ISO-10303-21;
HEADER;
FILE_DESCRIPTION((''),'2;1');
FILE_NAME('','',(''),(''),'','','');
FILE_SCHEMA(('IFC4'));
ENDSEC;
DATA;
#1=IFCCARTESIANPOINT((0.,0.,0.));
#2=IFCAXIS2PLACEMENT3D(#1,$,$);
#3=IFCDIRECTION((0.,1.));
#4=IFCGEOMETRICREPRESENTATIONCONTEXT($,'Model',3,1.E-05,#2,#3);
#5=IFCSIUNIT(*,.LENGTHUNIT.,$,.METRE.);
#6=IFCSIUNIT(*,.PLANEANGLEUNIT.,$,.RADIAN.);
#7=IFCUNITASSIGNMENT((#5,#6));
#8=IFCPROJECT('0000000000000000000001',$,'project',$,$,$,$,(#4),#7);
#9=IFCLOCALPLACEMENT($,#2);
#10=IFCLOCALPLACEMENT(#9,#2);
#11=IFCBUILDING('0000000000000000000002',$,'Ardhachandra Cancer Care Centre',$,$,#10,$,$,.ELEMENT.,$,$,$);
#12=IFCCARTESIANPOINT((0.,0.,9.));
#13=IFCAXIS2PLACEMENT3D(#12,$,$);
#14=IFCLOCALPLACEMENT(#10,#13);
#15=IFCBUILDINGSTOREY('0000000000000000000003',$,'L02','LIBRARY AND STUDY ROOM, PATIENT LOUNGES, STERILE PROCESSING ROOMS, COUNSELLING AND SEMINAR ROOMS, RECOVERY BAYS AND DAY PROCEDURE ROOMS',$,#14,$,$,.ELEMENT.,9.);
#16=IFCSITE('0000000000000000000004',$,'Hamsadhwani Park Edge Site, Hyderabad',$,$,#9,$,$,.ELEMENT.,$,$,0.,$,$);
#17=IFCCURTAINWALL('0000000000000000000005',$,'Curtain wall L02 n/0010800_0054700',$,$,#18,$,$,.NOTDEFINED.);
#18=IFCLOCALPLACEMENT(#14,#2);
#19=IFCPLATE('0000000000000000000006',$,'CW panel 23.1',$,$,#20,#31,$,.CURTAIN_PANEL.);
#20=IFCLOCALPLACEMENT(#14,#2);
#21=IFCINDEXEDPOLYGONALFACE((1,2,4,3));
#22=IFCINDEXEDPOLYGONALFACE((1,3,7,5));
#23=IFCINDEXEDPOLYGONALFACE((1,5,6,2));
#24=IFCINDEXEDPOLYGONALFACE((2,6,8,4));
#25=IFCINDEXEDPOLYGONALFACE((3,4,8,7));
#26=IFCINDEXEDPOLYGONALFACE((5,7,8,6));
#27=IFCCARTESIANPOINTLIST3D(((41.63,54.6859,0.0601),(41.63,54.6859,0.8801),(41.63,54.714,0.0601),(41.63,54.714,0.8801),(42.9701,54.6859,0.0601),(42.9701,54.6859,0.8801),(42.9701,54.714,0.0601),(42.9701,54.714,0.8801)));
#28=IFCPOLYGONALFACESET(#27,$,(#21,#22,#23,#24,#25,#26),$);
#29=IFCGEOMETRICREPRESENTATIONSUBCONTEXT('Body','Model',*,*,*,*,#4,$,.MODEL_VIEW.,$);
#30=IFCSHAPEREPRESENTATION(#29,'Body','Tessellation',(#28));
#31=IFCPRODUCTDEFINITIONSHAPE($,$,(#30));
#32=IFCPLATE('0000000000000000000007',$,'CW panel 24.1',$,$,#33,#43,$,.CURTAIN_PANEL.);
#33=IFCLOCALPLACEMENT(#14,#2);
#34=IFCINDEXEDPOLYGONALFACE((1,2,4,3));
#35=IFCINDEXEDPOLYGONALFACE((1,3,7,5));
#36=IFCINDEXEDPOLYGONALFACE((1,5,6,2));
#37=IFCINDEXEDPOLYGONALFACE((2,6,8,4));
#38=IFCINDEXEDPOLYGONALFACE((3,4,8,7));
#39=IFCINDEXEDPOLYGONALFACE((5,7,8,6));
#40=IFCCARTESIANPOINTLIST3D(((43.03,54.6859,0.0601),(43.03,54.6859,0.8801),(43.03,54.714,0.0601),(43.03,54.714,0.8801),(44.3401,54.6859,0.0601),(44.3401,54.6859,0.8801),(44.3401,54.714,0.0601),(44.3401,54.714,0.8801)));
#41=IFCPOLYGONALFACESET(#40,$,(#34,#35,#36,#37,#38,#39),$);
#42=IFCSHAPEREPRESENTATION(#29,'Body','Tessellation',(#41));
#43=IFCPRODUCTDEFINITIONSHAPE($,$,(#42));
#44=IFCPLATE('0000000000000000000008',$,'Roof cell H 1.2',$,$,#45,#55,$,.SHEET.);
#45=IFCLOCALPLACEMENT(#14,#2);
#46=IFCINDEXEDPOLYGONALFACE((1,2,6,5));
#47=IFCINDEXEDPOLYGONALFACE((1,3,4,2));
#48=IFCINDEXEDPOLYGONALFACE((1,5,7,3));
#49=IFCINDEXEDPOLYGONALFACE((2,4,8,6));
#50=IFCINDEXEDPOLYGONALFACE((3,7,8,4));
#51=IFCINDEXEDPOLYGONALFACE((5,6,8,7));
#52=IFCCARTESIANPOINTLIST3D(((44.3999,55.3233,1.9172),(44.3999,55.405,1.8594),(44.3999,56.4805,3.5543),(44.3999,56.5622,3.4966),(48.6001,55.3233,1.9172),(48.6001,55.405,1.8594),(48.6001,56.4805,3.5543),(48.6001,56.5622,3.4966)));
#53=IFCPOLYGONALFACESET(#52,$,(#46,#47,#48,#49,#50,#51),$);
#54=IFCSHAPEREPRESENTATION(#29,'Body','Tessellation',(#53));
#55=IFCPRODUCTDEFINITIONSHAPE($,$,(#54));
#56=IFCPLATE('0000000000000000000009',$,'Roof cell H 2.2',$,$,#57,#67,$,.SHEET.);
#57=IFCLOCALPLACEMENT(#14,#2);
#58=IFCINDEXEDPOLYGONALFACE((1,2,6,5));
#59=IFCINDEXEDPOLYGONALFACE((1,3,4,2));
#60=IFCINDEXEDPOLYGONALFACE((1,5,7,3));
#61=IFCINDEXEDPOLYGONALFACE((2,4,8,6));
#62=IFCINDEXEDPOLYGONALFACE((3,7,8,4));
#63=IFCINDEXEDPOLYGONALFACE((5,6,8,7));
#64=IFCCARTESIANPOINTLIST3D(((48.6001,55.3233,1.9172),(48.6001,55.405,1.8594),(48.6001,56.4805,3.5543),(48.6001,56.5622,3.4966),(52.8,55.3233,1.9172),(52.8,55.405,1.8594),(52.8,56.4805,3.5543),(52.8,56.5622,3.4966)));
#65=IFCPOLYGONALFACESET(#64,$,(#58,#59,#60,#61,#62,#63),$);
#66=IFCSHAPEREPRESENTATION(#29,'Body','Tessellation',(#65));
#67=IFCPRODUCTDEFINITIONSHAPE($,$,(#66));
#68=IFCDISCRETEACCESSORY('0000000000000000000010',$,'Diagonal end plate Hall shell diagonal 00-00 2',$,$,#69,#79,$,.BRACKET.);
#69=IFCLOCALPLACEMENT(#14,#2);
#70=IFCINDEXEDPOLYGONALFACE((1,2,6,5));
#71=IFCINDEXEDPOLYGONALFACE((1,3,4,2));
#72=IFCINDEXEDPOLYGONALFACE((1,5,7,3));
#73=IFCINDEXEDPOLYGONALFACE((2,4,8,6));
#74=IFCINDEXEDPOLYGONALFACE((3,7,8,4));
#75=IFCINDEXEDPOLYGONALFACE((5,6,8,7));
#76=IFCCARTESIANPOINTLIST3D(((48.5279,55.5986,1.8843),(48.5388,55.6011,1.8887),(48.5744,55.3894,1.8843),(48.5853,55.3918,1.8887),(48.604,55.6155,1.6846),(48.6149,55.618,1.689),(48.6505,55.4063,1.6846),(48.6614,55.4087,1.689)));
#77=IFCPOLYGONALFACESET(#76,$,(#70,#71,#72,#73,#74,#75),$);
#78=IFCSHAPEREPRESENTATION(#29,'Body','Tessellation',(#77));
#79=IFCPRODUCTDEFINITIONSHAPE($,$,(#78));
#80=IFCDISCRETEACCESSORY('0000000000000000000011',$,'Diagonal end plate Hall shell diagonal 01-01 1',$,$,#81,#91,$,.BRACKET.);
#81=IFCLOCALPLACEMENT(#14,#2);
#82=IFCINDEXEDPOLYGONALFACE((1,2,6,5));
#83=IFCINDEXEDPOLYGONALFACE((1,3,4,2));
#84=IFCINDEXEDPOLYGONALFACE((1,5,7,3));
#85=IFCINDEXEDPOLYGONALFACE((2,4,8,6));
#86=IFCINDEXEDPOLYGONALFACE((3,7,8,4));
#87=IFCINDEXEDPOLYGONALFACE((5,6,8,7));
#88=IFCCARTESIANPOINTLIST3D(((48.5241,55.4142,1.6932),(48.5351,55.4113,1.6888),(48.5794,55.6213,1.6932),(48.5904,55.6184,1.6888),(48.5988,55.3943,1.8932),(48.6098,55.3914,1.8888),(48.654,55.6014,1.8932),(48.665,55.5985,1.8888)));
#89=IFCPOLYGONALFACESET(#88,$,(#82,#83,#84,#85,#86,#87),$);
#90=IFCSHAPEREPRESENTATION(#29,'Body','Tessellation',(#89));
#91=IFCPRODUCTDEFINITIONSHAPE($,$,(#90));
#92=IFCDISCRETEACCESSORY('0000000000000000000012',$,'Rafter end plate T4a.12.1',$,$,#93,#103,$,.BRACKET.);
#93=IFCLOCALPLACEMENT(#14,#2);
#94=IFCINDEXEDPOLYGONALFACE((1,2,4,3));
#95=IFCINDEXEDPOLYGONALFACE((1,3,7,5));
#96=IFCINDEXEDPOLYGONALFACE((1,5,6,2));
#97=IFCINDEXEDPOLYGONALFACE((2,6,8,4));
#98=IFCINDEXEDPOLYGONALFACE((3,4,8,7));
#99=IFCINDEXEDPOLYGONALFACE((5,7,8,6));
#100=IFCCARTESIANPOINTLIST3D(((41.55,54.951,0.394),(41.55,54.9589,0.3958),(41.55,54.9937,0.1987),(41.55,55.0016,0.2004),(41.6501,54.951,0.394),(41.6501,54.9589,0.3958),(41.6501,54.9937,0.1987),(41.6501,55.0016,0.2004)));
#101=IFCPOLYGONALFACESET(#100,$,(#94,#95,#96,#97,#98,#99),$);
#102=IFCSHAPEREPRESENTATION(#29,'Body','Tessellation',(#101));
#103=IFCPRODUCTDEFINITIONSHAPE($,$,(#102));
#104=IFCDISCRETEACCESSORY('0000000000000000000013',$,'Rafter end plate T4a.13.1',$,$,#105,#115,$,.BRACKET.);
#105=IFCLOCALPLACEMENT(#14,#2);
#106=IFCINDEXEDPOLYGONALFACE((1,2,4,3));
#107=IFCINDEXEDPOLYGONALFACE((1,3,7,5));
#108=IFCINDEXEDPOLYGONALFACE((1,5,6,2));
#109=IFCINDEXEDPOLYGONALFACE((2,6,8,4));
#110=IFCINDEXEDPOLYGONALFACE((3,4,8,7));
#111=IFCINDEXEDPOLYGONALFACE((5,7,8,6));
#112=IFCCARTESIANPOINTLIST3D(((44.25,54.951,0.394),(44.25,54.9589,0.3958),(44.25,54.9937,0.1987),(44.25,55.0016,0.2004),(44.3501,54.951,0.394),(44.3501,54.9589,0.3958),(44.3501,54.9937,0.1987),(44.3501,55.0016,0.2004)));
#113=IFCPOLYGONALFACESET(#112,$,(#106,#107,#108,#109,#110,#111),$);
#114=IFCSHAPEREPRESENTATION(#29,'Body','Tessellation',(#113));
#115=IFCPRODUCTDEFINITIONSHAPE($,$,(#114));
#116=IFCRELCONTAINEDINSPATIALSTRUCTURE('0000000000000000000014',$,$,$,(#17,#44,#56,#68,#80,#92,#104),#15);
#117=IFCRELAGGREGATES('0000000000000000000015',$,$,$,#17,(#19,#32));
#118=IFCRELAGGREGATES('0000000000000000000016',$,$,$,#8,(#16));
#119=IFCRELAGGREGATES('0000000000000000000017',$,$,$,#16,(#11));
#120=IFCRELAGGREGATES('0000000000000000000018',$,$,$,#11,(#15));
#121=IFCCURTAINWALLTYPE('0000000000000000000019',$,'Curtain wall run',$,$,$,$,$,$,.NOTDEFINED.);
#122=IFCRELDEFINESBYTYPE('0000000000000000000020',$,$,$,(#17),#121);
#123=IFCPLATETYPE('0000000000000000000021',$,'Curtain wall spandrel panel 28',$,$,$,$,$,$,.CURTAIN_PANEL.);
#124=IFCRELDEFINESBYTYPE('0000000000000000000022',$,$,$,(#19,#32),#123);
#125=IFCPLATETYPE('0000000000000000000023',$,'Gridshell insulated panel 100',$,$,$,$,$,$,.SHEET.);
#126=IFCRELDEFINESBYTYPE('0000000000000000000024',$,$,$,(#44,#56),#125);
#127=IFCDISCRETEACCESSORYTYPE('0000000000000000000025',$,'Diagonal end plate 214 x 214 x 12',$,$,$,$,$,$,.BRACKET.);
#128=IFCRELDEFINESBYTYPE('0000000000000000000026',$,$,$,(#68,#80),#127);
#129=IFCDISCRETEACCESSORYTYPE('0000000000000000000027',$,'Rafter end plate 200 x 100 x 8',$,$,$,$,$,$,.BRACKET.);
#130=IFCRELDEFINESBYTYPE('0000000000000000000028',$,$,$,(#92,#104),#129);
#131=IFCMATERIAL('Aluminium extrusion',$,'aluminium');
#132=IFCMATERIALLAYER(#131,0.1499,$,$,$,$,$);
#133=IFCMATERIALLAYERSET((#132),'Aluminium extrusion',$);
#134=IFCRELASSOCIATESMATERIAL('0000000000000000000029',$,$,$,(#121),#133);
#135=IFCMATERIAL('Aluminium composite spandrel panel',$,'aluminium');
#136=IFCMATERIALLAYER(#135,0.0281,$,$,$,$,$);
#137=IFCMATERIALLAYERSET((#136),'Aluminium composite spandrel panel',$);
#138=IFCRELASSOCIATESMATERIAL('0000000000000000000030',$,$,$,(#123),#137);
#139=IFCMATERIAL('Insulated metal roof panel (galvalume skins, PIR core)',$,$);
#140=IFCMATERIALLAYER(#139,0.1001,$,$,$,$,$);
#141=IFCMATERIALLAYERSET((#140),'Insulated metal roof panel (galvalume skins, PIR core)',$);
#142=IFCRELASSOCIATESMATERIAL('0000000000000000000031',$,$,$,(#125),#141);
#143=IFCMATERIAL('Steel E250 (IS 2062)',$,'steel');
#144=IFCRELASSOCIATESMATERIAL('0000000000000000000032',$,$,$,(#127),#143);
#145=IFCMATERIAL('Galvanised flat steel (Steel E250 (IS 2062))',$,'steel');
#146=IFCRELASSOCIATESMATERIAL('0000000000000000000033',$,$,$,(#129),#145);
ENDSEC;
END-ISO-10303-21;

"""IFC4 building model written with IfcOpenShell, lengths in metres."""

from ifc_helpers import new_model, si_unit, direction, frame, origin, origin_2d, place, context, subcontext, project, spatial, polyline, rectangle, outline, extrude, material, layer, layer_set, material_profile, profile_set, type_object, element, aggregate, save


model = new_model("IFC4")

# Units and contexts
model_context = context("Model", 3, precision=1e-05, world=origin(), true_north=direction((0.0, 1.0)))
body_context = subcontext(model_context, "Body", "Model", "MODEL_VIEW")
ifc_project = project(units=[si_unit("LENGTHUNIT", "METRE"), si_unit("PLANEANGLEUNIT", "RADIAN")], contexts=[model_context])

# Site, building, storey
site_placement = place(None, origin())
site = spatial("IfcSite", under=ifc_project, at=site_placement, Name="Hamsadhwani Park Edge Site, Hyderabad", CompositionType="ELEMENT", RefElevation=0.0)
building_placement = place(site_placement, origin())
building = spatial("IfcBuilding", under=site, at=building_placement, Name="Ardhachandra Cancer Care Centre", CompositionType="ELEMENT")
storey_placement = place(building_placement, frame((0.0, 0.0, 9.0)))
storey = spatial("IfcBuildingStorey", under=building, at=storey_placement, Name="L02", Description="LIBRARY AND STUDY ROOM, PATIENT LOUNGES, STERILE PROCESSING ROOMS, COUNSELLING AND SEMINAR ROOMS, RECOVERY BAYS AND DAY PROCEDURE ROOMS", CompositionType="ELEMENT", Elevation=9.0)

# Curtain wall
ifc_material_1 = material(Name="Aluminium extrusion", Category="aluminium")
ifc_layer_1 = layer(ifc_material_1, 0.1499)
ifc_layer_set_1 = layer_set([ifc_layer_1], Name="Aluminium extrusion")
curtain_wall_type = type_object("IfcCurtainWallType", Name="Curtain wall run", PredefinedType="NOTDEFINED", material=ifc_layer_set_1)
curtain_wall_placement = place(storey_placement, origin())
curtain_wall = element("IfcCurtainWall", 1, at=curtain_wall_placement, inside=storey, type_object=curtain_wall_type, Name="Curtain wall L02 n/0010800_0054700", PredefinedType="NOTDEFINED")

# Plates
ifc_material_2 = material(Name="Aluminium composite spandrel panel", Category="aluminium")
ifc_layer_2 = layer(ifc_material_2, 0.0281)
ifc_layer_set_2 = layer_set([ifc_layer_2], Name="Aluminium composite spandrel panel")
plate_type_1 = type_object("IfcPlateType", Name="Curtain wall spandrel panel 28", PredefinedType="CURTAIN_PANEL", material=ifc_layer_set_2)
plate_1_placement = place(storey_placement, frame((42.3, 54.7, 0.0601), z_axis=(0.0, 0.0, 1.0), x_axis=(1.0, 0.0, 0.0)))
plate_1 = element("IfcPlate", 2, at=plate_1_placement, type_object=plate_type_1, Name="CW panel 23.1", PredefinedType="CURTAIN_PANEL", context=body_context, shape_type="SweptSolid", body=[
    extrude(rectangle(XDim=1.3401, YDim=0.0281, at=origin_2d()), origin(), (0.0, 0.0, 1.0), 0.8201),
])
plate_2_placement = place(storey_placement, frame((43.6851, 54.7, 0.0601), z_axis=(0.0, 0.0, 1.0), x_axis=(1.0, 0.0, 0.0)))
plate_2 = element("IfcPlate", 3, at=plate_2_placement, type_object=plate_type_1, Name="CW panel 24.1", PredefinedType="CURTAIN_PANEL", context=body_context, shape_type="SweptSolid", body=[
    extrude(rectangle(XDim=1.3101, YDim=0.0281, at=origin_2d()), origin(), (0.0, 0.0, 1.0), 0.8201),
])
aggregate(curtain_wall, [plate_1, plate_2])

# Plates
ifc_material_3 = material(Name="Insulated metal roof panel (galvalume skins, PIR core)")
ifc_layer_3 = layer(ifc_material_3, 0.1001)
ifc_layer_set_3 = layer_set([ifc_layer_3], Name="Insulated metal roof panel (galvalume skins, PIR core)")
plate_type_2 = type_object("IfcPlateType", Name="Gridshell insulated panel 100", PredefinedType="SHEET", material=ifc_layer_set_3)
plate_3_placement = place(storey_placement, frame((44.3999, 55.405, 1.8594), z_axis=(0.0, -0.816603, 0.577199), x_axis=(1.0, 0.0, 0.0)))
element("IfcPlate", 4, at=plate_3_placement, inside=storey, type_object=plate_type_2, Name="Roof cell H 1.2", PredefinedType="SHEET", context=body_context, shape_type="SweptSolid", body=[
    extrude(outline(polyline([(0.0, 0.0), (4.2002, 0.0), (4.2002, 2.0049), (0.0, 2.0049), (0.0, 0.0)])), origin(), (0.0, 0.0, 1.0), 0.1001),
])
plate_4_placement = place(storey_placement, frame((48.6001, 55.405, 1.8594), z_axis=(0.0, -0.816603, 0.577199), x_axis=(1.0, 0.0, 0.0)))
element("IfcPlate", 5, at=plate_4_placement, inside=storey, type_object=plate_type_2, Name="Roof cell H 2.2", PredefinedType="SHEET", context=body_context, shape_type="SweptSolid", body=[
    extrude(outline(polyline([(0.0, 0.0), (4.2, 0.0), (4.2, 2.0049), (0.0, 2.0049), (0.0, 0.0)])), origin(), (0.0, 0.0, 1.0), 0.1001),
])

# Discrete accessories
ifc_material_4 = material(Name="Steel E250 (IS 2062)", Category="steel")
ifc_material_profile_1 = material_profile(ifc_material_4, rectangle(XDim=0.2144, YDim=0.2144, at=origin_2d()), Name="PL 214x214x12")
ifc_profile_set_1 = profile_set([ifc_material_profile_1], Name="Steel E250 (IS 2062)")
discrete_accessory_type_1 = type_object("IfcDiscreteAccessoryType", Name="Diagonal end plate 214 x 214 x 12", PredefinedType="BRACKET", material=ifc_profile_set_1)
discrete_accessory_1_placement = place(storey_placement, frame((48.6001, 55.5049, 1.7888), z_axis=(-0.909323, -0.202072, -0.363729), x_axis=(0.21693, -0.976187, 0.0)))
element("IfcDiscreteAccessory", 6, at=discrete_accessory_1_placement, inside=storey, type_object=discrete_accessory_type_1, Name="Diagonal end plate Hall shell diagonal 00-00 2", PredefinedType="BRACKET", context=body_context, shape_type="SweptSolid", body=[
    extrude(rectangle(XDim=0.2144, YDim=0.2144, at=origin_2d()), origin(), (0.0, 0.0, 1.0), 0.012),
])
discrete_accessory_2_placement = place(storey_placement, frame((48.6001, 55.5049, 1.7888), z_axis=(-0.901263, 0.240337, 0.360505), x_axis=(-0.257663, -0.966235, 0.0)))
element("IfcDiscreteAccessory", 7, at=discrete_accessory_2_placement, inside=storey, type_object=discrete_accessory_type_1, Name="Diagonal end plate Hall shell diagonal 01-01 1", PredefinedType="BRACKET", context=body_context, shape_type="SweptSolid", body=[
    extrude(rectangle(XDim=0.2144, YDim=0.2144, at=origin_2d()), origin(), (0.0, 0.0, 1.0), 0.0122),
])
ifc_material_5 = material(Name="Galvanised flat steel (Steel E250 (IS 2062))", Category="steel")
ifc_material_profile_2 = material_profile(ifc_material_5, rectangle(XDim=0.1001, YDim=0.2, at=origin_2d()), Name="Rafter end plate 200 x 100 x 8")
ifc_profile_set_2 = profile_set([ifc_material_profile_2], Name="Galvanised flat steel (Steel E250 (IS 2062))")
discrete_accessory_type_2 = type_object("IfcDiscreteAccessoryType", Name="Rafter end plate 200 x 100 x 8", PredefinedType="BRACKET", material=ifc_profile_set_2)
for number, where, z_axis, x_axis, name in (
    (8, (41.6001, 54.9802, 0.2981), (0.0, -0.9769, -0.213697), (1.0, 0.0, 0.0), "Rafter end plate T4a.12.1"),
    (9, (44.3, 54.9802, 0.2981), (0.0, -0.9769, -0.213697), (1.0, 0.0, 0.0), "Rafter end plate T4a.13.1"),
):
    element("IfcDiscreteAccessory", number, at=place(storey_placement, frame(where, z_axis=z_axis, x_axis=x_axis)), inside=storey, type_object=discrete_accessory_type_2, Name=name, PredefinedType="BRACKET", context=body_context, shape_type="SweptSolid", body=[
        extrude(rectangle(XDim=0.1001, YDim=0.2, at=origin_2d()), origin(), (0.0, 0.0, 1.0), 0.0081),
    ])

save(model, "model.ifc")
